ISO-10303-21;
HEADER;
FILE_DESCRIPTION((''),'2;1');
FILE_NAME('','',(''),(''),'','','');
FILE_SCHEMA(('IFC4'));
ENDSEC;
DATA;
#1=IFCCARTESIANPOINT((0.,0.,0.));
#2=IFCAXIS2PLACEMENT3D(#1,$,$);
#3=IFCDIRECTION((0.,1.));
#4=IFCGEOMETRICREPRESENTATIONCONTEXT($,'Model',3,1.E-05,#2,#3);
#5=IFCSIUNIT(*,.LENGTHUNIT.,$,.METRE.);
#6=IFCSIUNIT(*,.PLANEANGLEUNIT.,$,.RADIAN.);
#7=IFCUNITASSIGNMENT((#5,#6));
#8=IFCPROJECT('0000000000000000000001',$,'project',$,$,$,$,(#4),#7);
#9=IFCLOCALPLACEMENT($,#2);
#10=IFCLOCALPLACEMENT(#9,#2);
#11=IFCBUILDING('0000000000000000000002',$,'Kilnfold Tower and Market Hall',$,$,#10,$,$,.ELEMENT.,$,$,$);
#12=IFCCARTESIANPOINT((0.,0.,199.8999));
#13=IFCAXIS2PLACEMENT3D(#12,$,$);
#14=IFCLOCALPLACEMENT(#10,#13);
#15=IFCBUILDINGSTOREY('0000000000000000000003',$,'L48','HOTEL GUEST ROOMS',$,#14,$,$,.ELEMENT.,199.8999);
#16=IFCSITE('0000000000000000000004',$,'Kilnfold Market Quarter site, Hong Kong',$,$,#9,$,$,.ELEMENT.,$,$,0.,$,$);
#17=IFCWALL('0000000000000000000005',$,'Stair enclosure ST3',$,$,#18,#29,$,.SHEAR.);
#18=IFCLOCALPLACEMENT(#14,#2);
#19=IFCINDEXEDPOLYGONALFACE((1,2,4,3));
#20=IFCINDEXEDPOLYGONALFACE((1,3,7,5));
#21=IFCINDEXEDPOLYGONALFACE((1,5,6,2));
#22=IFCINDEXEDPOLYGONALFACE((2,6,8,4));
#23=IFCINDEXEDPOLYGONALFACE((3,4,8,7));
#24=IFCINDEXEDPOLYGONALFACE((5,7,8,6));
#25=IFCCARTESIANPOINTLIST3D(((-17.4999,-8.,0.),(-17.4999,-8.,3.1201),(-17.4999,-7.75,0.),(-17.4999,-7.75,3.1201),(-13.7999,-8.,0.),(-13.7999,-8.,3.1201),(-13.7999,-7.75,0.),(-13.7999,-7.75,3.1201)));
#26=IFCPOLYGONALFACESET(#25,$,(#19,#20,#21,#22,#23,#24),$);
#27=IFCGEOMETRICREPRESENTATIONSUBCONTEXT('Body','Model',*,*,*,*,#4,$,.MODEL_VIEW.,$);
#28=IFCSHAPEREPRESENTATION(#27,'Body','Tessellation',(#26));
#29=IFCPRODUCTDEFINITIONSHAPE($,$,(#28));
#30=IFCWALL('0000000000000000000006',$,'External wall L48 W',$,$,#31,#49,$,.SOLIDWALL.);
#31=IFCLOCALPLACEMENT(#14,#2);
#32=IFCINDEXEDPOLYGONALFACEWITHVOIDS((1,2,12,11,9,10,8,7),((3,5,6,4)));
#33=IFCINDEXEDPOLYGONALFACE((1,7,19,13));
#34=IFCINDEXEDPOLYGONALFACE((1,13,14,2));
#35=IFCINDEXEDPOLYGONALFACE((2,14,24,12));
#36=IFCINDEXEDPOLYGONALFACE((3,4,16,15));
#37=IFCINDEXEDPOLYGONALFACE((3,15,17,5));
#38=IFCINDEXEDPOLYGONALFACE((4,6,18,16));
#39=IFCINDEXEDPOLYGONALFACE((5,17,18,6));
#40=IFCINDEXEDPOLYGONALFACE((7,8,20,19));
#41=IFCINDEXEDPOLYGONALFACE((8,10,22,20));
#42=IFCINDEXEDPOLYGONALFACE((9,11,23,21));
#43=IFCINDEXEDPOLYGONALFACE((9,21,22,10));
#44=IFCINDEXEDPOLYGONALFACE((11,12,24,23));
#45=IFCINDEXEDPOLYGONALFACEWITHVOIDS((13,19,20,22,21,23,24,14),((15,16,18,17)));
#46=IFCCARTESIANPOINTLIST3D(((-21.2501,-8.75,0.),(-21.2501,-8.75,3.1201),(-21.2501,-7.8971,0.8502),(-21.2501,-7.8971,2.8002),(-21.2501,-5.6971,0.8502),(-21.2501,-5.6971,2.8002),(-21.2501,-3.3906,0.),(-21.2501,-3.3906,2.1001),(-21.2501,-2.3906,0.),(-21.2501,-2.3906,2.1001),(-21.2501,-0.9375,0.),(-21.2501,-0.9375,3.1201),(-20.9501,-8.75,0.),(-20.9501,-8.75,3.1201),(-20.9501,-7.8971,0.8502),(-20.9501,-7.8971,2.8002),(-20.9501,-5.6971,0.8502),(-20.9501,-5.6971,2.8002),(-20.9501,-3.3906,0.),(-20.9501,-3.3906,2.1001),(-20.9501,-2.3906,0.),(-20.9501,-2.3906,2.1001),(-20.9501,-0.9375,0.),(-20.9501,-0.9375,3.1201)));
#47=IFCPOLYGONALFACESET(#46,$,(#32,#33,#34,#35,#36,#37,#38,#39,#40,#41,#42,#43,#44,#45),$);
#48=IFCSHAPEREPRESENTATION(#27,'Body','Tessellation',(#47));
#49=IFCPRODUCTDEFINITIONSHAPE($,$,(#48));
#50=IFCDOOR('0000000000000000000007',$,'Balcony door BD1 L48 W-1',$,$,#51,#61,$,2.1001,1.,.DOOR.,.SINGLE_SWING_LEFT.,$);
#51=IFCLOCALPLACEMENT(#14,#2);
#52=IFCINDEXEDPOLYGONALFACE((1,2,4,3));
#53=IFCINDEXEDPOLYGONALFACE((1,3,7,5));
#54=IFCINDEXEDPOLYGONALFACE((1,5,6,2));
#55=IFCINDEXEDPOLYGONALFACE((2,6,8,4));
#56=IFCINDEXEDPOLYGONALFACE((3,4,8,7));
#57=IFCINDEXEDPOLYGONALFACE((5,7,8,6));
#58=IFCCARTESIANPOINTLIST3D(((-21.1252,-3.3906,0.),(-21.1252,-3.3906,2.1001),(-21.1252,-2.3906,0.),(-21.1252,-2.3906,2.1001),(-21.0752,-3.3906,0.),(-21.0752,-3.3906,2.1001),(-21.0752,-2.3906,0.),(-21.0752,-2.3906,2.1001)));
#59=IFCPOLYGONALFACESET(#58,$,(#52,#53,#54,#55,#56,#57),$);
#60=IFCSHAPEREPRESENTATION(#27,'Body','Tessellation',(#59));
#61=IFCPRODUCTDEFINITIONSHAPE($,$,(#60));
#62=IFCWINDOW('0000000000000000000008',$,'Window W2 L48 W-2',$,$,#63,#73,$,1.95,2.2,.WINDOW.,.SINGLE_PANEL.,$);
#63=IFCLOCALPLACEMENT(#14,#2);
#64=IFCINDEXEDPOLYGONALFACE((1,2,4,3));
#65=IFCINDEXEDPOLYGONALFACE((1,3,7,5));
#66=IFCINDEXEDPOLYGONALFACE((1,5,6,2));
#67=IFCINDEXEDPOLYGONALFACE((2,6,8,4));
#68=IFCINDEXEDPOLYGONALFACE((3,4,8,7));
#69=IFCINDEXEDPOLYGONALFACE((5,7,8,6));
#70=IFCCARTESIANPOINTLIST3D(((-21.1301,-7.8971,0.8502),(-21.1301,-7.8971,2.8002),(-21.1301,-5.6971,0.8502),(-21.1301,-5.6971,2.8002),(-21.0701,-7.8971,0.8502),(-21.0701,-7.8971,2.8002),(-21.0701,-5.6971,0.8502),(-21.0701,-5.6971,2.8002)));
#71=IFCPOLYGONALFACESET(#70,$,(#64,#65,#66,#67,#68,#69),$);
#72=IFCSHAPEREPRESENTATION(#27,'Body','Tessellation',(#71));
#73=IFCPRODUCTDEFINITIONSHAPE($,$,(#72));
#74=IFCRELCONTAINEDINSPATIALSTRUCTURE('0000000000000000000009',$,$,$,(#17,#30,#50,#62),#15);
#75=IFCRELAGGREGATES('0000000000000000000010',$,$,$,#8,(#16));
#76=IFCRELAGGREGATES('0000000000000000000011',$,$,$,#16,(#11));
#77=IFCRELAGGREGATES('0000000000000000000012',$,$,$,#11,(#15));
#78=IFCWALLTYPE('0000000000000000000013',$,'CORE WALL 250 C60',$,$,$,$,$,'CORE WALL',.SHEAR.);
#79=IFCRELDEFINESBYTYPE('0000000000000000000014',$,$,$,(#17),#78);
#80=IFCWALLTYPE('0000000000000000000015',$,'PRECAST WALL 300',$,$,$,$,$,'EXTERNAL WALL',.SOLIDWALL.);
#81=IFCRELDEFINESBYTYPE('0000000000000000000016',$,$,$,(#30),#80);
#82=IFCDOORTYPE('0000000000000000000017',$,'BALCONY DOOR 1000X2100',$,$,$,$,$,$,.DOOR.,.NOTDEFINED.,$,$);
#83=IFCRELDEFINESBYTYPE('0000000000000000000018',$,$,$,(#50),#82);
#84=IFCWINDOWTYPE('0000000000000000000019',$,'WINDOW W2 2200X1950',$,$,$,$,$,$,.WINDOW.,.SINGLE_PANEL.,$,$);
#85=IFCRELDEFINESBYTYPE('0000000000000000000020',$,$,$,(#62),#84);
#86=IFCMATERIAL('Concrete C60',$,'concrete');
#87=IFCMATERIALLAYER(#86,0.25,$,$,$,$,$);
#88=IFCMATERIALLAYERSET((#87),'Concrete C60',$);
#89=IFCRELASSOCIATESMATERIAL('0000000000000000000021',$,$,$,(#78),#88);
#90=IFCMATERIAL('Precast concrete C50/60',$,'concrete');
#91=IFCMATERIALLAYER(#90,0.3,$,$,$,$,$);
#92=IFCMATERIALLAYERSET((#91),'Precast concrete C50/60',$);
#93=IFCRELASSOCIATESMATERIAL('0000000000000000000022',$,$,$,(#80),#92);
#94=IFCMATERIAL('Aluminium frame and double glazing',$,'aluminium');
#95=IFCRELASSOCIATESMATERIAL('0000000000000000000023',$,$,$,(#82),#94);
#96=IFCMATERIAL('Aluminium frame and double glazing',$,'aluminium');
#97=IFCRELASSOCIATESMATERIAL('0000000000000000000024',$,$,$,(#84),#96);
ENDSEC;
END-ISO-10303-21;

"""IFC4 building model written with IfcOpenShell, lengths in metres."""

from ifc_helpers import new_model, si_unit, direction, frame, frame_2d, origin, place, context, subcontext, project, spatial, rectangle, extrude, source, transform, mapped, material, layer, layer_set, type_object, element, fill, save


model = new_model("IFC4")

# Units and contexts
model_context = context("Model", 3, precision=1e-05, world=origin(), true_north=direction((0.0, 1.0)))
body_context = subcontext(model_context, "Body", "Model", "MODEL_VIEW")
ifc_project = project(units=[si_unit("LENGTHUNIT", "METRE"), si_unit("PLANEANGLEUNIT", "RADIAN")], contexts=[model_context])

# Site, building, storey
site_placement = place(None, origin())
site = spatial("IfcSite", under=ifc_project, at=site_placement, Name="Kilnfold Market Quarter site, Hong Kong", CompositionType="ELEMENT", RefElevation=0.0)
building_placement = place(site_placement, origin())
building = spatial("IfcBuilding", under=site, at=building_placement, Name="Kilnfold Tower and Market Hall", CompositionType="ELEMENT")
storey_placement = place(building_placement, frame((0.0, 0.0, 199.8999)))
storey = spatial("IfcBuildingStorey", under=building, at=storey_placement, Name="L48", Description="HOTEL GUEST ROOMS", CompositionType="ELEMENT", Elevation=199.8999)

# Wall
ifc_material_1 = material(Name="Concrete C60", Category="concrete")
ifc_layer_1 = layer(ifc_material_1, 0.25)
ifc_layer_set_1 = layer_set([ifc_layer_1], Name="Concrete C60")
wall_type_1 = type_object("IfcWallType", Name="CORE WALL 250 C60", ElementType="CORE WALL", PredefinedType="SHEAR", material=ifc_layer_set_1)
shared_shape_1 = source(origin(), body_context, "Body", "SweptSolid", [
    extrude(rectangle(XDim=3.7, YDim=0.25, at=frame_2d((1.8501, 0.0))), origin(), (0.0, 0.0, 1.0), 3.1201),
])
wall_1_placement = place(storey_placement, frame((-17.5, -7.875, 0.0), z_axis=(0.0, 0.0, 1.0), x_axis=(1.0, 0.0, 0.0)))
element("IfcWall", 1, at=wall_1_placement, inside=storey, type_object=wall_type_1, Name="Stair enclosure ST3", PredefinedType="SHEAR", context=body_context, shape_type="MappedRepresentation", body=[
    mapped(shared_shape_1, transform((0.0, 0.0, 0.0))),
])

# Wall, openings, door, window
ifc_material_2 = material(Name="Precast concrete C50/60", Category="concrete")
ifc_layer_2 = layer(ifc_material_2, 0.3)
ifc_layer_set_2 = layer_set([ifc_layer_2], Name="Precast concrete C50/60")
wall_type_2 = type_object("IfcWallType", Name="PRECAST WALL 300", ElementType="EXTERNAL WALL", PredefinedType="SOLIDWALL", material=ifc_layer_set_2)
shared_shape_2 = source(origin(), body_context, "Body", "SweptSolid", [
    extrude(rectangle(XDim=7.8125, YDim=0.3, at=frame_2d((3.9062, 0.0))), origin(), (0.0, 0.0, 1.0), 3.1201),
])
wall_2_placement = place(storey_placement, frame((-21.1001, -0.9375, 0.0), z_axis=(0.0, 0.0, 1.0), x_axis=(0.0, -1.0, 0.0)))
wall_2 = element("IfcWall", 2, at=wall_2_placement, inside=storey, type_object=wall_type_2, Name="External wall L48 W", PredefinedType="SOLIDWALL", context=body_context, shape_type="MappedRepresentation", body=[
    mapped(shared_shape_2, transform((0.0, 0.0, 0.0))),
])
opening_1_placement = place(wall_2_placement, frame((1.4531, 0.0, 0.0)))
opening_1 = element("IfcOpeningElement", 3, at=opening_1_placement, cuts=wall_2, PredefinedType="OPENING", context=body_context, shape_type="SweptSolid", body=[
    extrude(rectangle(XDim=1.0, YDim=2.1001, at=frame_2d((0.5, 1.05))), frame((0.0, 0.1602, 0.0), z_axis=(0.0, -1.0, 0.0), x_axis=(1.0, 0.0, 0.0)), (0.0, 0.0, 1.0), 0.3201),
])
opening_2_placement = place(wall_2_placement, frame((4.7595, 0.0, 0.8501)))
opening_2 = element("IfcOpeningElement", 4, at=opening_2_placement, cuts=wall_2, PredefinedType="OPENING", context=body_context, shape_type="SweptSolid", body=[
    extrude(rectangle(XDim=2.2, YDim=1.95, at=frame_2d((1.1001, 0.9751))), frame((0.0, 0.1602, 0.0), z_axis=(0.0, -1.0, 0.0), x_axis=(1.0, 0.0, 0.0)), (0.0, 0.0, 1.0), 0.3201),
])
ifc_material_3 = material(Name="Aluminium frame and double glazing", Category="aluminium")
door_type_1 = type_object("IfcDoorType", Name="BALCONY DOOR 1000X2100", OperationType="NOTDEFINED", PredefinedType="DOOR", material=ifc_material_3)
door_1_placement = place(opening_1_placement, origin())
door_1 = element("IfcDoor", 5, at=door_1_placement, inside=storey, type_object=door_type_1, Name="Balcony door BD1 L48 W-1", OperationType="SINGLE_SWING_LEFT", OverallHeight=2.1001, OverallWidth=1.0, PredefinedType="DOOR", context=body_context, shape_type="SweptSolid", body=[
    extrude(rectangle(XDim=1.0, YDim=2.1001, at=frame_2d((0.5, 1.05))), frame((0.0, 0.0249, 0.0), z_axis=(0.0, -1.0, 0.0), x_axis=(1.0, 0.0, 0.0)), (0.0, 0.0, 1.0), 0.05),
])
fill(opening_1, door_1)
ifc_material_4 = material(Name="Aluminium frame and double glazing", Category="aluminium")
window_type = type_object("IfcWindowType", Name="WINDOW W2 2200X1950", PartitioningType="SINGLE_PANEL", PredefinedType="WINDOW", material=ifc_material_4)
window_placement = place(opening_2_placement, origin())
window = element("IfcWindow", 6, at=window_placement, inside=storey, type_object=window_type, Name="Window W2 L48 W-2", OverallHeight=1.95, OverallWidth=2.2, PartitioningType="SINGLE_PANEL", PredefinedType="WINDOW", context=body_context, shape_type="SweptSolid", body=[
    extrude(rectangle(XDim=2.2, YDim=1.95, at=frame_2d((1.1001, 0.9751))), frame((0.0, 0.03, 0.0), z_axis=(0.0, -1.0, 0.0), x_axis=(1.0, 0.0, 0.0)), (0.0, 0.0, 1.0), 0.0601),
])
fill(opening_2, window)

save(model, "model.ifc")
